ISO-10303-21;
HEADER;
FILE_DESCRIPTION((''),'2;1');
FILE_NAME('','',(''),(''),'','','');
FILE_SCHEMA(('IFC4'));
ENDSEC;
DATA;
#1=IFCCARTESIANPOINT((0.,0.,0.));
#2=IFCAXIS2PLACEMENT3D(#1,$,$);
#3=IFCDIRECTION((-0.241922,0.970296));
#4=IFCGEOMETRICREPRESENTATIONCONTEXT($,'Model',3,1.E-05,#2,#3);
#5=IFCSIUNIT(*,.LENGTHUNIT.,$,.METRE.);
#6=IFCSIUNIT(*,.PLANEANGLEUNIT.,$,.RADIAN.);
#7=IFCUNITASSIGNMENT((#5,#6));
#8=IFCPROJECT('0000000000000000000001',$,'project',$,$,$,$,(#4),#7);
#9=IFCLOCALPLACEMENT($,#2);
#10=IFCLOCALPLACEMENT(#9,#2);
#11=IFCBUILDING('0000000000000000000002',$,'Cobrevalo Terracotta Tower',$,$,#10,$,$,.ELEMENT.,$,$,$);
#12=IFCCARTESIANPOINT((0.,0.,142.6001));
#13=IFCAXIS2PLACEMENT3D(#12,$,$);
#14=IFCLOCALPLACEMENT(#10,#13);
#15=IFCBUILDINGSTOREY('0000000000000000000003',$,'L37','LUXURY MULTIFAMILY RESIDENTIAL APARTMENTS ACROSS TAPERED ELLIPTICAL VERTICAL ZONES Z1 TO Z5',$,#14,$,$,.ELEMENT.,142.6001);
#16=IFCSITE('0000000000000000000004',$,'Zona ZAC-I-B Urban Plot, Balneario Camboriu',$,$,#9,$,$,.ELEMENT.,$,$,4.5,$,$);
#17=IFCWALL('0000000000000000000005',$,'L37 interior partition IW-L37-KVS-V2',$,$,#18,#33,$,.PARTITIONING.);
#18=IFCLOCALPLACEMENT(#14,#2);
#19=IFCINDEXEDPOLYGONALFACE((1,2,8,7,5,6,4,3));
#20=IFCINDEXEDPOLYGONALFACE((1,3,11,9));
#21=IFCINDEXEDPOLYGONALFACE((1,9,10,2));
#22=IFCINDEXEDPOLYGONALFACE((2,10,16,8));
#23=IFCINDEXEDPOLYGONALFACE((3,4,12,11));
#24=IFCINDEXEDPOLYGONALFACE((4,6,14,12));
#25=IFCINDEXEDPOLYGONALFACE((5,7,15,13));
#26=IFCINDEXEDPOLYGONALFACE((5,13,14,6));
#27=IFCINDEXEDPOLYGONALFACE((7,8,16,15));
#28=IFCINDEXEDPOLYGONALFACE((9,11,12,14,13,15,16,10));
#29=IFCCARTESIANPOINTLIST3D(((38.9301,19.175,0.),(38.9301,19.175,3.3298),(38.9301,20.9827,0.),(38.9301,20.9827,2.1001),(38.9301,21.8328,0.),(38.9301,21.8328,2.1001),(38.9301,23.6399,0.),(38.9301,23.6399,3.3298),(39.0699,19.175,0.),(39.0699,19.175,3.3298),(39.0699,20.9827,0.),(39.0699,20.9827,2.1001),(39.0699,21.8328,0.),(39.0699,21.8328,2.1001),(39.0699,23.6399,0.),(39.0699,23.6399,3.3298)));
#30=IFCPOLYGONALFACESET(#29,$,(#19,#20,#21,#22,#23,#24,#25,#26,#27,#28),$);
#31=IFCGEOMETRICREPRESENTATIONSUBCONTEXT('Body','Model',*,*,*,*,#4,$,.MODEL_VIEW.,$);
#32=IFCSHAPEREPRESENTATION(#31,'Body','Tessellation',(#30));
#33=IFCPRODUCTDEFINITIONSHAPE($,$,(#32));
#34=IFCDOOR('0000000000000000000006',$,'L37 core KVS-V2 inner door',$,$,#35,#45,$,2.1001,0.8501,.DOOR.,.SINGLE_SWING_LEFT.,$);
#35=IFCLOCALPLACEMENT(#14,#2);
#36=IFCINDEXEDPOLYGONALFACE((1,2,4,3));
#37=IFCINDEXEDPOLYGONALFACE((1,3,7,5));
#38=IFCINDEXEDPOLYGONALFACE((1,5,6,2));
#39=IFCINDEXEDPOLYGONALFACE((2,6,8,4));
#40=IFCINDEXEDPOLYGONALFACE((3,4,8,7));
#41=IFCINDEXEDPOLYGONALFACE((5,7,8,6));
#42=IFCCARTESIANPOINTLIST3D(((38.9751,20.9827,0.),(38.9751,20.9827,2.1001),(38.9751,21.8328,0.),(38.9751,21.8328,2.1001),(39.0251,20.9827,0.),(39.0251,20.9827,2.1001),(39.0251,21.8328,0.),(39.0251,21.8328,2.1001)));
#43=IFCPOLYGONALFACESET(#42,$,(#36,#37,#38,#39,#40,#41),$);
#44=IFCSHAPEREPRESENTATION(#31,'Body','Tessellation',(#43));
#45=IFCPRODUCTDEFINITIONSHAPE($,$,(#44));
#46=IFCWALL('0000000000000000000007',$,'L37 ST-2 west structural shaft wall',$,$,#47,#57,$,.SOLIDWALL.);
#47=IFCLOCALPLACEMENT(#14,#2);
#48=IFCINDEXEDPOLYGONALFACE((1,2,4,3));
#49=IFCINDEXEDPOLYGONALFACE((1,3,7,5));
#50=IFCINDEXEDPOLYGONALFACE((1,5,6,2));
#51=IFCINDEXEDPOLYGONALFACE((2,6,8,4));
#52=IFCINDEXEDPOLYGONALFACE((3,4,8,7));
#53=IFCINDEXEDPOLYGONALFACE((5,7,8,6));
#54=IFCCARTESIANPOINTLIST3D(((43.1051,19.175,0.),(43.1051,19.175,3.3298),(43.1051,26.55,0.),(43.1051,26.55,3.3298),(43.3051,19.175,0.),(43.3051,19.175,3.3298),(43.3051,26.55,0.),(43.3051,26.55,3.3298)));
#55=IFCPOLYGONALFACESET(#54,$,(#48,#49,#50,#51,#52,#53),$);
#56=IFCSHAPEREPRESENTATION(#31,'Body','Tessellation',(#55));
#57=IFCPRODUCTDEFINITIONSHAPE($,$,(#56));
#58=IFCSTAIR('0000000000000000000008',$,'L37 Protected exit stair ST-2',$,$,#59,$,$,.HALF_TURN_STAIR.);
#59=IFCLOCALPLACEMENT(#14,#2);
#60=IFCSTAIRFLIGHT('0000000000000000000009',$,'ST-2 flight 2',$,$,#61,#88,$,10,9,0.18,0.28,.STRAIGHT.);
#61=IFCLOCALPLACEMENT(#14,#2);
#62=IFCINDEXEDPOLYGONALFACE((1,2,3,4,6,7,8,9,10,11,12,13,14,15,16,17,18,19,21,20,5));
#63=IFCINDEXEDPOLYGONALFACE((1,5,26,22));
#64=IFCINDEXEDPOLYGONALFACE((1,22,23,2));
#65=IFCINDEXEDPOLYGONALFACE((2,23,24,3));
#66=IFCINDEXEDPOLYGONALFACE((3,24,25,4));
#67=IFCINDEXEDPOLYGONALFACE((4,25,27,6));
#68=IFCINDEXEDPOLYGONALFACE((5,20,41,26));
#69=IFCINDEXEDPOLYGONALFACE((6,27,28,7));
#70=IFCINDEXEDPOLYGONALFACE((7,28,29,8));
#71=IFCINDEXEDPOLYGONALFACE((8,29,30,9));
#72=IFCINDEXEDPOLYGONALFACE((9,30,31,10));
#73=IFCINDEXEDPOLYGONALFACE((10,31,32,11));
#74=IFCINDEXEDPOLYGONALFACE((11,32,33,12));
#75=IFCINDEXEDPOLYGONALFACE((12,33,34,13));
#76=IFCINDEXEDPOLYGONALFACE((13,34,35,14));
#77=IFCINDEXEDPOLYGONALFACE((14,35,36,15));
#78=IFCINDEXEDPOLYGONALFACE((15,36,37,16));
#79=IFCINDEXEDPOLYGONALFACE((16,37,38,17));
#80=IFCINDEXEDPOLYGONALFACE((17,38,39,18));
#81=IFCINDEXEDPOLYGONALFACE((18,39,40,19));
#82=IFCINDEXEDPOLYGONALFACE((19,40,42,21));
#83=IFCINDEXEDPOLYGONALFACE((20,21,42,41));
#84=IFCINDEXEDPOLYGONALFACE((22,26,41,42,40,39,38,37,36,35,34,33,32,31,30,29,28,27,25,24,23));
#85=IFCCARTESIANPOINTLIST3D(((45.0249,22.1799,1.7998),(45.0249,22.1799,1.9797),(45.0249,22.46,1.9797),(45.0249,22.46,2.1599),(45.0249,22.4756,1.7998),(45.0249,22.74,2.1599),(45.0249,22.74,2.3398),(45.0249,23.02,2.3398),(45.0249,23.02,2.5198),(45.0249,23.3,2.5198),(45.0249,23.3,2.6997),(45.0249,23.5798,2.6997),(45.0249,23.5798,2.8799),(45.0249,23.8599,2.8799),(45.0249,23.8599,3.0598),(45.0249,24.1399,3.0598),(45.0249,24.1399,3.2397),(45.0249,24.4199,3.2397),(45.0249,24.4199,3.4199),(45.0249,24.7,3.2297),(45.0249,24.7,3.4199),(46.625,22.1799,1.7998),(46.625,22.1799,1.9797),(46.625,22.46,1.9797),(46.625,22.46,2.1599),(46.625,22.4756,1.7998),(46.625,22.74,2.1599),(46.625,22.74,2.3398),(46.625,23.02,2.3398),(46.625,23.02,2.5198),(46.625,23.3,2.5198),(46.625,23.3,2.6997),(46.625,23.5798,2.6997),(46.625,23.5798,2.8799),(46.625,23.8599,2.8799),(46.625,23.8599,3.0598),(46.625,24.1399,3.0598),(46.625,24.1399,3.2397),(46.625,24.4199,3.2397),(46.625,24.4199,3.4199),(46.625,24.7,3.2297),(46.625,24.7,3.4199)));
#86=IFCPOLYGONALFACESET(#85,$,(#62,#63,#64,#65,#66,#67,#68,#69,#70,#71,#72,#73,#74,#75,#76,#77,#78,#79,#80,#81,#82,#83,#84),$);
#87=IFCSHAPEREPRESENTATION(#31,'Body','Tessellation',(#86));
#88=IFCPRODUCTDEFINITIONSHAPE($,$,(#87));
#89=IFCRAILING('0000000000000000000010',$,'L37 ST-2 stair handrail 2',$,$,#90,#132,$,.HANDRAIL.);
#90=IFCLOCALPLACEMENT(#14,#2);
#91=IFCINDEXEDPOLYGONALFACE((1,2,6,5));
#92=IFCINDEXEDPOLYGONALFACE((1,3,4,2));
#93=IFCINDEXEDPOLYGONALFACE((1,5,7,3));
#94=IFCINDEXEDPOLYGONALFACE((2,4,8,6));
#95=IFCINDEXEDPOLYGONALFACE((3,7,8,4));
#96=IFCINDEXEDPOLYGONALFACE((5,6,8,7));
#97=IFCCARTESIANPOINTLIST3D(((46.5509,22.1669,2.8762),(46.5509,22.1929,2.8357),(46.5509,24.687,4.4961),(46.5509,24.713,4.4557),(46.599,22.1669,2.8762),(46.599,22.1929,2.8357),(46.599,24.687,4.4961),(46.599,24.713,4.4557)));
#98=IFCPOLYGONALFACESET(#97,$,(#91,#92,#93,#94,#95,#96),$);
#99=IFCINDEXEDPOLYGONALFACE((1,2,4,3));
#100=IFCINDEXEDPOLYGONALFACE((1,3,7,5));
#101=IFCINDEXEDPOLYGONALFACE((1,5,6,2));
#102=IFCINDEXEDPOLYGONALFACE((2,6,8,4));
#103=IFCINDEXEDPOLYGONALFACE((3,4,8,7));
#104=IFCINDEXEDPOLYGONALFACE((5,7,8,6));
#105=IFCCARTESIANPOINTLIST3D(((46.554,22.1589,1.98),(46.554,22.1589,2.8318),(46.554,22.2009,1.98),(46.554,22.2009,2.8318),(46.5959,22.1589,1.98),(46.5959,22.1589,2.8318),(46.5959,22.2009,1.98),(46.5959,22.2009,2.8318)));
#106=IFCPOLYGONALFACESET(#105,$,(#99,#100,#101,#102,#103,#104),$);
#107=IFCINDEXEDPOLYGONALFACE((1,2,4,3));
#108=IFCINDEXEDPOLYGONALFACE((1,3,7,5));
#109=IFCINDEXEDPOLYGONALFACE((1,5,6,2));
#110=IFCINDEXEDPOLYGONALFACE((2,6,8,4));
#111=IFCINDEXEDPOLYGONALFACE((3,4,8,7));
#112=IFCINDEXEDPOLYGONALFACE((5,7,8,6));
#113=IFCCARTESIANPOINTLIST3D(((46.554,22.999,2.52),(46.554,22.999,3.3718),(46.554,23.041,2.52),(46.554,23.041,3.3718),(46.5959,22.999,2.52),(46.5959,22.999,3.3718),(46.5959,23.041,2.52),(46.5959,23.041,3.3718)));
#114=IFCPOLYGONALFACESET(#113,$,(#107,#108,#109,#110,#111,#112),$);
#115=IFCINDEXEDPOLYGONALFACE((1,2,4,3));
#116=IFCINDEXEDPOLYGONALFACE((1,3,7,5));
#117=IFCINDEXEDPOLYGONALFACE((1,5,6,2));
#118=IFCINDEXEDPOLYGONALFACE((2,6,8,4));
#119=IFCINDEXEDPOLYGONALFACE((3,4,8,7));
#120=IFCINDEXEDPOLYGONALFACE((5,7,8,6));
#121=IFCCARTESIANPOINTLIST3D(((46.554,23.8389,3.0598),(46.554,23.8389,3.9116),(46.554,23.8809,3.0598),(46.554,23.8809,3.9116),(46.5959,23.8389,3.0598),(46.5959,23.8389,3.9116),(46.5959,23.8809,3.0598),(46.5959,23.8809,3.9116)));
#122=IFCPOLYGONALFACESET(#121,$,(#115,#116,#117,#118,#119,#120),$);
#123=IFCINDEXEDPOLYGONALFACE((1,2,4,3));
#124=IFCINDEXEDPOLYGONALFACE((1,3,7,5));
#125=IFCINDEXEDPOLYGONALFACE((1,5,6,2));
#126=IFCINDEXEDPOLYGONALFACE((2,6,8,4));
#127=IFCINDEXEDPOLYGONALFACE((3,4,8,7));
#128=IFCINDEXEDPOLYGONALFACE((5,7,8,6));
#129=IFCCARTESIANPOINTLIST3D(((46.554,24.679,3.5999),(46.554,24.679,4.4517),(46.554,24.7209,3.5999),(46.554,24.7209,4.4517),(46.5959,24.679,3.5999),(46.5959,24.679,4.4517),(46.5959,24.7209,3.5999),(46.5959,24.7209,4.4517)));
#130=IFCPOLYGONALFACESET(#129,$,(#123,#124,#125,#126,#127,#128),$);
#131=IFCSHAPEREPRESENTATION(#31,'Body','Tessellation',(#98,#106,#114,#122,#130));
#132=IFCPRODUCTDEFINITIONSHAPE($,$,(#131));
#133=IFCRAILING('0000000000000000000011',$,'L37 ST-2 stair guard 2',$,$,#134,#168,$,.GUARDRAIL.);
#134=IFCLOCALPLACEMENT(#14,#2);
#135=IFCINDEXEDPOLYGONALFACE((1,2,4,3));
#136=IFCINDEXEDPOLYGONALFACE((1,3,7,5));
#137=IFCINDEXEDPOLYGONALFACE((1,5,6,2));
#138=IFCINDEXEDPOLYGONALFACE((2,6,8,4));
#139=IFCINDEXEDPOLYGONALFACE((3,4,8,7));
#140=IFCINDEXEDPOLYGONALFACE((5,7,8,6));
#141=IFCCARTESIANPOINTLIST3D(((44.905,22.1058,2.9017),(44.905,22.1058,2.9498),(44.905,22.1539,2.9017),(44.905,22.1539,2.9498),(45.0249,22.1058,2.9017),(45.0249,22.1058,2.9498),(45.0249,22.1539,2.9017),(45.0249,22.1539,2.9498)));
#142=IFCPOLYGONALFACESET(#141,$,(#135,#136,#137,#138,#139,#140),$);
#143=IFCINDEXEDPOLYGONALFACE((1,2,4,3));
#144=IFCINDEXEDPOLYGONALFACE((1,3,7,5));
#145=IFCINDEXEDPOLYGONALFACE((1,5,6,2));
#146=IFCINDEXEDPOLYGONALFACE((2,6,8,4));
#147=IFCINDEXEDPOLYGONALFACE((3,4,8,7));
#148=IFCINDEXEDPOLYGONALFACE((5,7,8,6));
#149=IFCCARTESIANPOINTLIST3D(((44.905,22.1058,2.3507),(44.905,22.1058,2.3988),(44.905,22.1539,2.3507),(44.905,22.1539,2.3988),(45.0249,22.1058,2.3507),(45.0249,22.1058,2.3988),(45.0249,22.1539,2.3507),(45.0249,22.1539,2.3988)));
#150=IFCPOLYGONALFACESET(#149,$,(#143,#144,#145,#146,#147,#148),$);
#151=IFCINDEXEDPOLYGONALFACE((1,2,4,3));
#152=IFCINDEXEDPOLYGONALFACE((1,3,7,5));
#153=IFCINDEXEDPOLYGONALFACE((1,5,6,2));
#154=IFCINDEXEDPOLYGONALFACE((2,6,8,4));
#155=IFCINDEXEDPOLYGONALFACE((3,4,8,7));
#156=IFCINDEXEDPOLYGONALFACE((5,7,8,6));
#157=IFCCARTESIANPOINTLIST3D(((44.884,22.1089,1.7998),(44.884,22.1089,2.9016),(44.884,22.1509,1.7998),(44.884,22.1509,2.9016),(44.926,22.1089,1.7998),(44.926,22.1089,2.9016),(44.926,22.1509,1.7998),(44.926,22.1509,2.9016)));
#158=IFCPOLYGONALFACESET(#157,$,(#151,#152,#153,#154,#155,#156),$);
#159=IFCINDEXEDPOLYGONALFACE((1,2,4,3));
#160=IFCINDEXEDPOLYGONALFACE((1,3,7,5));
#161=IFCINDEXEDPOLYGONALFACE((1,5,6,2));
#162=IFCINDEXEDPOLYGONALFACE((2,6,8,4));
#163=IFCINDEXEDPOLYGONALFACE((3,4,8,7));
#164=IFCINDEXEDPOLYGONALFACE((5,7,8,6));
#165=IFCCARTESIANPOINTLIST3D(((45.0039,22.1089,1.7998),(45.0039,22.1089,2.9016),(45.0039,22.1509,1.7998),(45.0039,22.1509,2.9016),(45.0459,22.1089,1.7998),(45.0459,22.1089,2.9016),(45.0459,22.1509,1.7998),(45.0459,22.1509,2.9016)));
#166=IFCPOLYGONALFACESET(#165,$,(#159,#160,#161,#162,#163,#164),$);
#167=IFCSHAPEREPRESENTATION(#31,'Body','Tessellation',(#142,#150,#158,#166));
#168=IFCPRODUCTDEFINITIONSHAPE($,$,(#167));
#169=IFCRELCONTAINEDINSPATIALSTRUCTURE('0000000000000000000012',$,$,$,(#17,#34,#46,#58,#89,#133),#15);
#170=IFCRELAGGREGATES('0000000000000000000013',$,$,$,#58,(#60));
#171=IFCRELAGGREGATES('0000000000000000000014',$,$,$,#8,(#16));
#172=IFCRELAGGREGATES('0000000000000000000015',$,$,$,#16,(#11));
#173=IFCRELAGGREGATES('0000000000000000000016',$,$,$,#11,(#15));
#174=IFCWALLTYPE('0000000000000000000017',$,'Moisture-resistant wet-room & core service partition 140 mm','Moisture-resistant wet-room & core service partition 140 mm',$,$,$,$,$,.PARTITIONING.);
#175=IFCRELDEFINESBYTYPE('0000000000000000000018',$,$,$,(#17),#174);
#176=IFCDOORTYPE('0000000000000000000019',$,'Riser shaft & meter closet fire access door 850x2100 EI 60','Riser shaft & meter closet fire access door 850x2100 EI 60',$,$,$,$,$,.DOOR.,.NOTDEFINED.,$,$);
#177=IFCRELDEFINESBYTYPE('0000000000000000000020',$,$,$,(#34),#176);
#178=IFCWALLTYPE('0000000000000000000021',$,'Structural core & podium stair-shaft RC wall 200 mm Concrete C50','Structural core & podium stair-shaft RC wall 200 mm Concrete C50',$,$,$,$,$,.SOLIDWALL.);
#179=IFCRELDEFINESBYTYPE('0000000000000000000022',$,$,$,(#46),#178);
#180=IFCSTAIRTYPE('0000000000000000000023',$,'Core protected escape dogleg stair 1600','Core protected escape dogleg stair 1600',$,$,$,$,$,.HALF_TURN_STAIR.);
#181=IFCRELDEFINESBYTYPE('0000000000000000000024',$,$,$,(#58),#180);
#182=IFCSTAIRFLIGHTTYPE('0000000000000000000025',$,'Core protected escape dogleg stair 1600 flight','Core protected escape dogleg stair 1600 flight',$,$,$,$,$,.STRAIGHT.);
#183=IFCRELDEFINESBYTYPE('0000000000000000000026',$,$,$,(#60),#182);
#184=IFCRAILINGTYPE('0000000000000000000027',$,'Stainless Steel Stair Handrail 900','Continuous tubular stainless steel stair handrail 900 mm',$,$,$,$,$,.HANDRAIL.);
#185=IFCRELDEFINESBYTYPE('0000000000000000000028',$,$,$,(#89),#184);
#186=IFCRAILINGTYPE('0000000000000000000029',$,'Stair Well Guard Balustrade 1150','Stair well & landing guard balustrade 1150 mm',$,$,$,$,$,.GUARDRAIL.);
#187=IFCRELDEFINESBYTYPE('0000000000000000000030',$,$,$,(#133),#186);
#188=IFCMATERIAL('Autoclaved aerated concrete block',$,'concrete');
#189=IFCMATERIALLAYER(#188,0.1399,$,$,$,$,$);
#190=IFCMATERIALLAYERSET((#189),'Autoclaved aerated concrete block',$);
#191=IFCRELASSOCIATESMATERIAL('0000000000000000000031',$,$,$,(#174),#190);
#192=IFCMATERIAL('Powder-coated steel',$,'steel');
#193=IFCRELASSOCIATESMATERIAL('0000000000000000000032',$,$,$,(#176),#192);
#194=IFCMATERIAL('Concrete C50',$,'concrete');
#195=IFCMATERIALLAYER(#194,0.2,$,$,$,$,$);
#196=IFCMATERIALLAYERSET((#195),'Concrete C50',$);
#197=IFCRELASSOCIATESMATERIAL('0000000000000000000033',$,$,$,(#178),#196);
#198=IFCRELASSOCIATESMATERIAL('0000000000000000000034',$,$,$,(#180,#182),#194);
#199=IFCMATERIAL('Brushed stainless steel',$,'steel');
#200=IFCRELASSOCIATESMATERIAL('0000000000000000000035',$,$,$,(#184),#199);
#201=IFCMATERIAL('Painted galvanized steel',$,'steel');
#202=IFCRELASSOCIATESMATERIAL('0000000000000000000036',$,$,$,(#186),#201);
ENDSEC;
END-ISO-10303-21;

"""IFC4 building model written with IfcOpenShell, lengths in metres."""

from ifc_helpers import new_model, si_unit, direction, frame, frame_2d, origin, origin_2d, place, context, subcontext, project, spatial, polyline, rectangle, outline, extrude, source, transform, mapped, material, layer, layer_set, type_object, element, fill, aggregate, save


model = new_model("IFC4")

# Units and contexts
model_context = context("Model", 3, precision=1e-05, world=origin(), true_north=direction((-0.241922, 0.970296)))
body_context = subcontext(model_context, "Body", "Model", "MODEL_VIEW")
ifc_project = project(units=[si_unit("LENGTHUNIT", "METRE"), si_unit("PLANEANGLEUNIT", "RADIAN")], contexts=[model_context])

# Site, building, storey
site_placement = place(None, origin())
site = spatial("IfcSite", under=ifc_project, at=site_placement, Name="Zona ZAC-I-B Urban Plot, Balneario Camboriu", CompositionType="ELEMENT", RefElevation=4.5)
building_placement = place(site_placement, origin())
building = spatial("IfcBuilding", under=site, at=building_placement, Name="Cobrevalo Terracotta Tower", CompositionType="ELEMENT")
storey_placement = place(building_placement, frame((0.0, 0.0, 142.6001)))
storey = spatial("IfcBuildingStorey", under=building, at=storey_placement, Name="L37", Description="LUXURY MULTIFAMILY RESIDENTIAL APARTMENTS ACROSS TAPERED ELLIPTICAL VERTICAL ZONES Z1 TO Z5", CompositionType="ELEMENT", Elevation=142.6001)

# Shared definitions
ifc_material_1 = material(Name="Autoclaved aerated concrete block", Category="concrete")

# Shared definitions
ifc_material_2 = material(Name="Concrete C50", Category="concrete")

# Shared definitions
ifc_layer_1 = layer(ifc_material_1, 0.1399)
ifc_layer_set_1 = layer_set([ifc_layer_1], Name="Autoclaved aerated concrete block")
wall_type_1 = type_object("IfcWallType", Name="Moisture-resistant wet-room & core service partition 140 mm", Description="Moisture-resistant wet-room & core service partition 140 mm", PredefinedType="PARTITIONING", material=ifc_layer_set_1)

# Wall, opening, door
ifc_material_3 = material(Name="Powder-coated steel", Category="steel")
door_type_1 = type_object("IfcDoorType", Name="Riser shaft & meter closet fire access door 850x2100 EI 60", Description="Riser shaft & meter closet fire access door 850x2100 EI 60", OperationType="NOTDEFINED", PredefinedType="DOOR", material=ifc_material_3)
shared_shape_1 = source(origin(), body_context, "Body", "SweptSolid", [
    extrude(rectangle(XDim=0.8501, YDim=2.1001, at=frame_2d((0.425, 1.05))), frame((0.0, 0.0249, 0.0), z_axis=(0.0, -1.0, 0.0), x_axis=(1.0, 0.0, 0.0)), (0.0, 0.0, 1.0), 0.05),
])
wall_1_placement = place(storey_placement, frame((39.0, 19.175, 0.0), z_axis=(0.0, 0.0, 1.0), x_axis=(0.0, 1.0, 0.0)))
wall_1 = element("IfcWall", 1, at=wall_1_placement, inside=storey, type_object=wall_type_1, Name="L37 interior partition IW-L37-KVS-V2", PredefinedType="PARTITIONING", context=body_context, shape_type="SweptSolid", body=[
    extrude(rectangle(XDim=4.4648, YDim=0.1399, at=frame_2d((2.2324, 0.0))), origin(), (0.0, 0.0, 1.0), 3.3298),
])
opening_1_placement = place(wall_1_placement, frame((1.8076, 0.0, 0.0)))
opening_1 = element("IfcOpeningElement", 2, at=opening_1_placement, cuts=wall_1, PredefinedType="OPENING", context=body_context, shape_type="SweptSolid", body=[
    extrude(rectangle(XDim=0.8501, YDim=2.1001, at=frame_2d((0.425, 1.05))), frame((0.0, 0.0801, 0.0), z_axis=(0.0, -1.0, 0.0), x_axis=(1.0, 0.0, 0.0)), (0.0, 0.0, 1.0), 0.1599),
])
door_1_placement = place(opening_1_placement, origin())
door_1 = element("IfcDoor", 3, at=door_1_placement, inside=storey, type_object=door_type_1, Name="L37 core KVS-V2 inner door", OperationType="SINGLE_SWING_LEFT", OverallHeight=2.1001, OverallWidth=0.8501, PredefinedType="DOOR", context=body_context, shape_type="MappedRepresentation", body=[
    mapped(shared_shape_1, transform((0.0, 0.0, 0.0), scale=1.0)),
])
fill(opening_1, door_1)

# Wall
ifc_layer_2 = layer(ifc_material_2, 0.2)
ifc_layer_set_2 = layer_set([ifc_layer_2], Name="Concrete C50")
wall_type_2 = type_object("IfcWallType", Name="Structural core & podium stair-shaft RC wall 200 mm Concrete C50", Description="Structural core & podium stair-shaft RC wall 200 mm Concrete C50", PredefinedType="SOLIDWALL", material=ifc_layer_set_2)
wall_2_placement = place(storey_placement, frame((43.2051, 19.175, 0.0), z_axis=(0.0, 0.0, 1.0), x_axis=(0.0, 1.0, 0.0)))
element("IfcWall", 4, at=wall_2_placement, inside=storey, type_object=wall_type_2, Name="L37 ST-2 west structural shaft wall", PredefinedType="SOLIDWALL", context=body_context, shape_type="SweptSolid", body=[
    extrude(rectangle(XDim=7.375, YDim=0.2, at=frame_2d((3.6875, 0.0))), origin(), (0.0, 0.0, 1.0), 3.3298),
])

# Stair, stair flight
stair_type = type_object("IfcStairType", Name="Core protected escape dogleg stair 1600", Description="Core protected escape dogleg stair 1600", PredefinedType="HALF_TURN_STAIR", material=ifc_material_2)
stair_placement = place(storey_placement, origin())
stair = element("IfcStair", 5, at=stair_placement, inside=storey, type_object=stair_type, Name="L37 Protected exit stair ST-2", PredefinedType="HALF_TURN_STAIR")
stair_flight_type = type_object("IfcStairFlightType", Name="Core protected escape dogleg stair 1600 flight", Description="Core protected escape dogleg stair 1600 flight", PredefinedType="STRAIGHT", material=ifc_material_2)
stair_flight_placement = place(storey_placement, frame((45.825, 22.1799, 1.7998), z_axis=(0.0, 0.0, 1.0), x_axis=(0.0, 1.0, 0.0)))
stair_flight = element("IfcStairFlight", 6, at=stair_flight_placement, type_object=stair_flight_type, Name="ST-2 flight 2", NumberOfRisers=10, NumberOfTreads=9, PredefinedType="STRAIGHT", RiserHeight=0.18, TreadLength=0.28, context=body_context, shape_type="SweptSolid", body=[
    extrude(outline(polyline([(0.0, 0.0), (0.0, 0.1799), (0.28, 0.1799), (0.28, 0.3601), (0.5601, 0.3601), (0.5601, 0.54), (0.8401, 0.54), (0.8401, 0.72), (1.1201, 0.72), (1.1201, 0.8999), (1.3999, 0.8999), (1.3999, 1.0801), (1.6799, 1.0801), (1.6799, 1.26), (1.96, 1.26), (1.96, 1.4399), (2.24, 1.4399), (2.24, 1.6201), (2.52, 1.6201), (2.52, 1.8), (2.52, 1.4299), (0.2957, 0.0), (0.0, 0.0)])), frame((0.0, 0.8, 0.0), z_axis=(0.0, -1.0, 0.0), x_axis=(1.0, 0.0, 0.0)), (0.0, 0.0, 1.0), 1.6001),
])
aggregate(stair, [stair_flight])

# Railings
ifc_material_4 = material(Name="Brushed stainless steel", Category="steel")
railing_type_1 = type_object("IfcRailingType", Name="Stainless Steel Stair Handrail 900", Description="Continuous tubular stainless steel stair handrail 900 mm", PredefinedType="HANDRAIL", material=ifc_material_4)
railing_1_placement = place(storey_placement, frame((46.575, 22.1799, 1.98)))
element("IfcRailing", 7, at=railing_1_placement, inside=storey, type_object=railing_type_1, Name="L37 ST-2 stair handrail 2", PredefinedType="HANDRAIL", context=body_context, shape_type="SweptSolid", body=[
    extrude(rectangle(XDim=0.0481, YDim=0.0481, at=origin_2d()), frame((0.0, 0.0, 0.876), z_axis=(0.0, 0.8412, 0.540725), x_axis=(-1.0, 0.0, 0.0)), (0.0, 0.0, 1.0), 2.9958),
    extrude(rectangle(XDim=0.042, YDim=0.042, at=origin_2d()), origin(), (0.0, 0.0, 1.0), 0.8518),
    extrude(rectangle(XDim=0.042, YDim=0.042, at=origin_2d()), frame((0.0, 0.8401, 0.54)), (0.0, 0.0, 1.0), 0.8518),
    extrude(rectangle(XDim=0.042, YDim=0.042, at=origin_2d()), frame((0.0, 1.6799, 1.0798)), (0.0, 0.0, 1.0), 0.8518),
    extrude(rectangle(XDim=0.042, YDim=0.042, at=origin_2d()), frame((0.0, 2.52, 1.6199)), (0.0, 0.0, 1.0), 0.8518),
])
ifc_material_5 = material(Name="Painted galvanized steel", Category="steel")
railing_type_2 = type_object("IfcRailingType", Name="Stair Well Guard Balustrade 1150", Description="Stair well & landing guard balustrade 1150 mm", PredefinedType="GUARDRAIL", material=ifc_material_5)
railing_2_placement = place(storey_placement, frame((44.905, 22.1299, 1.7998)))
element("IfcRailing", 8, at=railing_2_placement, inside=storey, type_object=railing_type_2, Name="L37 ST-2 stair guard 2", PredefinedType="GUARDRAIL", context=body_context, shape_type="SweptSolid", body=[
    extrude(rectangle(XDim=0.0481, YDim=0.0481, at=origin_2d()), frame((0.0, 0.0, 1.126), z_axis=(1.0, 0.0, 0.0), x_axis=(0.0, 1.0, 0.0)), (0.0, 0.0, 1.0), 0.1199),
    extrude(rectangle(XDim=0.0481, YDim=0.0481, at=origin_2d()), frame((0.0, 0.0, 0.575), z_axis=(1.0, 0.0, 0.0), x_axis=(0.0, 1.0, 0.0)), (0.0, 0.0, 1.0), 0.1199),
    extrude(rectangle(XDim=0.042, YDim=0.042, at=origin_2d()), origin(), (0.0, 0.0, 1.0), 1.1018),
    extrude(rectangle(XDim=0.042, YDim=0.042, at=origin_2d()), frame((0.1199, 0.0, 0.0)), (0.0, 0.0, 1.0), 1.1018),
])

save(model, "model.ifc")
